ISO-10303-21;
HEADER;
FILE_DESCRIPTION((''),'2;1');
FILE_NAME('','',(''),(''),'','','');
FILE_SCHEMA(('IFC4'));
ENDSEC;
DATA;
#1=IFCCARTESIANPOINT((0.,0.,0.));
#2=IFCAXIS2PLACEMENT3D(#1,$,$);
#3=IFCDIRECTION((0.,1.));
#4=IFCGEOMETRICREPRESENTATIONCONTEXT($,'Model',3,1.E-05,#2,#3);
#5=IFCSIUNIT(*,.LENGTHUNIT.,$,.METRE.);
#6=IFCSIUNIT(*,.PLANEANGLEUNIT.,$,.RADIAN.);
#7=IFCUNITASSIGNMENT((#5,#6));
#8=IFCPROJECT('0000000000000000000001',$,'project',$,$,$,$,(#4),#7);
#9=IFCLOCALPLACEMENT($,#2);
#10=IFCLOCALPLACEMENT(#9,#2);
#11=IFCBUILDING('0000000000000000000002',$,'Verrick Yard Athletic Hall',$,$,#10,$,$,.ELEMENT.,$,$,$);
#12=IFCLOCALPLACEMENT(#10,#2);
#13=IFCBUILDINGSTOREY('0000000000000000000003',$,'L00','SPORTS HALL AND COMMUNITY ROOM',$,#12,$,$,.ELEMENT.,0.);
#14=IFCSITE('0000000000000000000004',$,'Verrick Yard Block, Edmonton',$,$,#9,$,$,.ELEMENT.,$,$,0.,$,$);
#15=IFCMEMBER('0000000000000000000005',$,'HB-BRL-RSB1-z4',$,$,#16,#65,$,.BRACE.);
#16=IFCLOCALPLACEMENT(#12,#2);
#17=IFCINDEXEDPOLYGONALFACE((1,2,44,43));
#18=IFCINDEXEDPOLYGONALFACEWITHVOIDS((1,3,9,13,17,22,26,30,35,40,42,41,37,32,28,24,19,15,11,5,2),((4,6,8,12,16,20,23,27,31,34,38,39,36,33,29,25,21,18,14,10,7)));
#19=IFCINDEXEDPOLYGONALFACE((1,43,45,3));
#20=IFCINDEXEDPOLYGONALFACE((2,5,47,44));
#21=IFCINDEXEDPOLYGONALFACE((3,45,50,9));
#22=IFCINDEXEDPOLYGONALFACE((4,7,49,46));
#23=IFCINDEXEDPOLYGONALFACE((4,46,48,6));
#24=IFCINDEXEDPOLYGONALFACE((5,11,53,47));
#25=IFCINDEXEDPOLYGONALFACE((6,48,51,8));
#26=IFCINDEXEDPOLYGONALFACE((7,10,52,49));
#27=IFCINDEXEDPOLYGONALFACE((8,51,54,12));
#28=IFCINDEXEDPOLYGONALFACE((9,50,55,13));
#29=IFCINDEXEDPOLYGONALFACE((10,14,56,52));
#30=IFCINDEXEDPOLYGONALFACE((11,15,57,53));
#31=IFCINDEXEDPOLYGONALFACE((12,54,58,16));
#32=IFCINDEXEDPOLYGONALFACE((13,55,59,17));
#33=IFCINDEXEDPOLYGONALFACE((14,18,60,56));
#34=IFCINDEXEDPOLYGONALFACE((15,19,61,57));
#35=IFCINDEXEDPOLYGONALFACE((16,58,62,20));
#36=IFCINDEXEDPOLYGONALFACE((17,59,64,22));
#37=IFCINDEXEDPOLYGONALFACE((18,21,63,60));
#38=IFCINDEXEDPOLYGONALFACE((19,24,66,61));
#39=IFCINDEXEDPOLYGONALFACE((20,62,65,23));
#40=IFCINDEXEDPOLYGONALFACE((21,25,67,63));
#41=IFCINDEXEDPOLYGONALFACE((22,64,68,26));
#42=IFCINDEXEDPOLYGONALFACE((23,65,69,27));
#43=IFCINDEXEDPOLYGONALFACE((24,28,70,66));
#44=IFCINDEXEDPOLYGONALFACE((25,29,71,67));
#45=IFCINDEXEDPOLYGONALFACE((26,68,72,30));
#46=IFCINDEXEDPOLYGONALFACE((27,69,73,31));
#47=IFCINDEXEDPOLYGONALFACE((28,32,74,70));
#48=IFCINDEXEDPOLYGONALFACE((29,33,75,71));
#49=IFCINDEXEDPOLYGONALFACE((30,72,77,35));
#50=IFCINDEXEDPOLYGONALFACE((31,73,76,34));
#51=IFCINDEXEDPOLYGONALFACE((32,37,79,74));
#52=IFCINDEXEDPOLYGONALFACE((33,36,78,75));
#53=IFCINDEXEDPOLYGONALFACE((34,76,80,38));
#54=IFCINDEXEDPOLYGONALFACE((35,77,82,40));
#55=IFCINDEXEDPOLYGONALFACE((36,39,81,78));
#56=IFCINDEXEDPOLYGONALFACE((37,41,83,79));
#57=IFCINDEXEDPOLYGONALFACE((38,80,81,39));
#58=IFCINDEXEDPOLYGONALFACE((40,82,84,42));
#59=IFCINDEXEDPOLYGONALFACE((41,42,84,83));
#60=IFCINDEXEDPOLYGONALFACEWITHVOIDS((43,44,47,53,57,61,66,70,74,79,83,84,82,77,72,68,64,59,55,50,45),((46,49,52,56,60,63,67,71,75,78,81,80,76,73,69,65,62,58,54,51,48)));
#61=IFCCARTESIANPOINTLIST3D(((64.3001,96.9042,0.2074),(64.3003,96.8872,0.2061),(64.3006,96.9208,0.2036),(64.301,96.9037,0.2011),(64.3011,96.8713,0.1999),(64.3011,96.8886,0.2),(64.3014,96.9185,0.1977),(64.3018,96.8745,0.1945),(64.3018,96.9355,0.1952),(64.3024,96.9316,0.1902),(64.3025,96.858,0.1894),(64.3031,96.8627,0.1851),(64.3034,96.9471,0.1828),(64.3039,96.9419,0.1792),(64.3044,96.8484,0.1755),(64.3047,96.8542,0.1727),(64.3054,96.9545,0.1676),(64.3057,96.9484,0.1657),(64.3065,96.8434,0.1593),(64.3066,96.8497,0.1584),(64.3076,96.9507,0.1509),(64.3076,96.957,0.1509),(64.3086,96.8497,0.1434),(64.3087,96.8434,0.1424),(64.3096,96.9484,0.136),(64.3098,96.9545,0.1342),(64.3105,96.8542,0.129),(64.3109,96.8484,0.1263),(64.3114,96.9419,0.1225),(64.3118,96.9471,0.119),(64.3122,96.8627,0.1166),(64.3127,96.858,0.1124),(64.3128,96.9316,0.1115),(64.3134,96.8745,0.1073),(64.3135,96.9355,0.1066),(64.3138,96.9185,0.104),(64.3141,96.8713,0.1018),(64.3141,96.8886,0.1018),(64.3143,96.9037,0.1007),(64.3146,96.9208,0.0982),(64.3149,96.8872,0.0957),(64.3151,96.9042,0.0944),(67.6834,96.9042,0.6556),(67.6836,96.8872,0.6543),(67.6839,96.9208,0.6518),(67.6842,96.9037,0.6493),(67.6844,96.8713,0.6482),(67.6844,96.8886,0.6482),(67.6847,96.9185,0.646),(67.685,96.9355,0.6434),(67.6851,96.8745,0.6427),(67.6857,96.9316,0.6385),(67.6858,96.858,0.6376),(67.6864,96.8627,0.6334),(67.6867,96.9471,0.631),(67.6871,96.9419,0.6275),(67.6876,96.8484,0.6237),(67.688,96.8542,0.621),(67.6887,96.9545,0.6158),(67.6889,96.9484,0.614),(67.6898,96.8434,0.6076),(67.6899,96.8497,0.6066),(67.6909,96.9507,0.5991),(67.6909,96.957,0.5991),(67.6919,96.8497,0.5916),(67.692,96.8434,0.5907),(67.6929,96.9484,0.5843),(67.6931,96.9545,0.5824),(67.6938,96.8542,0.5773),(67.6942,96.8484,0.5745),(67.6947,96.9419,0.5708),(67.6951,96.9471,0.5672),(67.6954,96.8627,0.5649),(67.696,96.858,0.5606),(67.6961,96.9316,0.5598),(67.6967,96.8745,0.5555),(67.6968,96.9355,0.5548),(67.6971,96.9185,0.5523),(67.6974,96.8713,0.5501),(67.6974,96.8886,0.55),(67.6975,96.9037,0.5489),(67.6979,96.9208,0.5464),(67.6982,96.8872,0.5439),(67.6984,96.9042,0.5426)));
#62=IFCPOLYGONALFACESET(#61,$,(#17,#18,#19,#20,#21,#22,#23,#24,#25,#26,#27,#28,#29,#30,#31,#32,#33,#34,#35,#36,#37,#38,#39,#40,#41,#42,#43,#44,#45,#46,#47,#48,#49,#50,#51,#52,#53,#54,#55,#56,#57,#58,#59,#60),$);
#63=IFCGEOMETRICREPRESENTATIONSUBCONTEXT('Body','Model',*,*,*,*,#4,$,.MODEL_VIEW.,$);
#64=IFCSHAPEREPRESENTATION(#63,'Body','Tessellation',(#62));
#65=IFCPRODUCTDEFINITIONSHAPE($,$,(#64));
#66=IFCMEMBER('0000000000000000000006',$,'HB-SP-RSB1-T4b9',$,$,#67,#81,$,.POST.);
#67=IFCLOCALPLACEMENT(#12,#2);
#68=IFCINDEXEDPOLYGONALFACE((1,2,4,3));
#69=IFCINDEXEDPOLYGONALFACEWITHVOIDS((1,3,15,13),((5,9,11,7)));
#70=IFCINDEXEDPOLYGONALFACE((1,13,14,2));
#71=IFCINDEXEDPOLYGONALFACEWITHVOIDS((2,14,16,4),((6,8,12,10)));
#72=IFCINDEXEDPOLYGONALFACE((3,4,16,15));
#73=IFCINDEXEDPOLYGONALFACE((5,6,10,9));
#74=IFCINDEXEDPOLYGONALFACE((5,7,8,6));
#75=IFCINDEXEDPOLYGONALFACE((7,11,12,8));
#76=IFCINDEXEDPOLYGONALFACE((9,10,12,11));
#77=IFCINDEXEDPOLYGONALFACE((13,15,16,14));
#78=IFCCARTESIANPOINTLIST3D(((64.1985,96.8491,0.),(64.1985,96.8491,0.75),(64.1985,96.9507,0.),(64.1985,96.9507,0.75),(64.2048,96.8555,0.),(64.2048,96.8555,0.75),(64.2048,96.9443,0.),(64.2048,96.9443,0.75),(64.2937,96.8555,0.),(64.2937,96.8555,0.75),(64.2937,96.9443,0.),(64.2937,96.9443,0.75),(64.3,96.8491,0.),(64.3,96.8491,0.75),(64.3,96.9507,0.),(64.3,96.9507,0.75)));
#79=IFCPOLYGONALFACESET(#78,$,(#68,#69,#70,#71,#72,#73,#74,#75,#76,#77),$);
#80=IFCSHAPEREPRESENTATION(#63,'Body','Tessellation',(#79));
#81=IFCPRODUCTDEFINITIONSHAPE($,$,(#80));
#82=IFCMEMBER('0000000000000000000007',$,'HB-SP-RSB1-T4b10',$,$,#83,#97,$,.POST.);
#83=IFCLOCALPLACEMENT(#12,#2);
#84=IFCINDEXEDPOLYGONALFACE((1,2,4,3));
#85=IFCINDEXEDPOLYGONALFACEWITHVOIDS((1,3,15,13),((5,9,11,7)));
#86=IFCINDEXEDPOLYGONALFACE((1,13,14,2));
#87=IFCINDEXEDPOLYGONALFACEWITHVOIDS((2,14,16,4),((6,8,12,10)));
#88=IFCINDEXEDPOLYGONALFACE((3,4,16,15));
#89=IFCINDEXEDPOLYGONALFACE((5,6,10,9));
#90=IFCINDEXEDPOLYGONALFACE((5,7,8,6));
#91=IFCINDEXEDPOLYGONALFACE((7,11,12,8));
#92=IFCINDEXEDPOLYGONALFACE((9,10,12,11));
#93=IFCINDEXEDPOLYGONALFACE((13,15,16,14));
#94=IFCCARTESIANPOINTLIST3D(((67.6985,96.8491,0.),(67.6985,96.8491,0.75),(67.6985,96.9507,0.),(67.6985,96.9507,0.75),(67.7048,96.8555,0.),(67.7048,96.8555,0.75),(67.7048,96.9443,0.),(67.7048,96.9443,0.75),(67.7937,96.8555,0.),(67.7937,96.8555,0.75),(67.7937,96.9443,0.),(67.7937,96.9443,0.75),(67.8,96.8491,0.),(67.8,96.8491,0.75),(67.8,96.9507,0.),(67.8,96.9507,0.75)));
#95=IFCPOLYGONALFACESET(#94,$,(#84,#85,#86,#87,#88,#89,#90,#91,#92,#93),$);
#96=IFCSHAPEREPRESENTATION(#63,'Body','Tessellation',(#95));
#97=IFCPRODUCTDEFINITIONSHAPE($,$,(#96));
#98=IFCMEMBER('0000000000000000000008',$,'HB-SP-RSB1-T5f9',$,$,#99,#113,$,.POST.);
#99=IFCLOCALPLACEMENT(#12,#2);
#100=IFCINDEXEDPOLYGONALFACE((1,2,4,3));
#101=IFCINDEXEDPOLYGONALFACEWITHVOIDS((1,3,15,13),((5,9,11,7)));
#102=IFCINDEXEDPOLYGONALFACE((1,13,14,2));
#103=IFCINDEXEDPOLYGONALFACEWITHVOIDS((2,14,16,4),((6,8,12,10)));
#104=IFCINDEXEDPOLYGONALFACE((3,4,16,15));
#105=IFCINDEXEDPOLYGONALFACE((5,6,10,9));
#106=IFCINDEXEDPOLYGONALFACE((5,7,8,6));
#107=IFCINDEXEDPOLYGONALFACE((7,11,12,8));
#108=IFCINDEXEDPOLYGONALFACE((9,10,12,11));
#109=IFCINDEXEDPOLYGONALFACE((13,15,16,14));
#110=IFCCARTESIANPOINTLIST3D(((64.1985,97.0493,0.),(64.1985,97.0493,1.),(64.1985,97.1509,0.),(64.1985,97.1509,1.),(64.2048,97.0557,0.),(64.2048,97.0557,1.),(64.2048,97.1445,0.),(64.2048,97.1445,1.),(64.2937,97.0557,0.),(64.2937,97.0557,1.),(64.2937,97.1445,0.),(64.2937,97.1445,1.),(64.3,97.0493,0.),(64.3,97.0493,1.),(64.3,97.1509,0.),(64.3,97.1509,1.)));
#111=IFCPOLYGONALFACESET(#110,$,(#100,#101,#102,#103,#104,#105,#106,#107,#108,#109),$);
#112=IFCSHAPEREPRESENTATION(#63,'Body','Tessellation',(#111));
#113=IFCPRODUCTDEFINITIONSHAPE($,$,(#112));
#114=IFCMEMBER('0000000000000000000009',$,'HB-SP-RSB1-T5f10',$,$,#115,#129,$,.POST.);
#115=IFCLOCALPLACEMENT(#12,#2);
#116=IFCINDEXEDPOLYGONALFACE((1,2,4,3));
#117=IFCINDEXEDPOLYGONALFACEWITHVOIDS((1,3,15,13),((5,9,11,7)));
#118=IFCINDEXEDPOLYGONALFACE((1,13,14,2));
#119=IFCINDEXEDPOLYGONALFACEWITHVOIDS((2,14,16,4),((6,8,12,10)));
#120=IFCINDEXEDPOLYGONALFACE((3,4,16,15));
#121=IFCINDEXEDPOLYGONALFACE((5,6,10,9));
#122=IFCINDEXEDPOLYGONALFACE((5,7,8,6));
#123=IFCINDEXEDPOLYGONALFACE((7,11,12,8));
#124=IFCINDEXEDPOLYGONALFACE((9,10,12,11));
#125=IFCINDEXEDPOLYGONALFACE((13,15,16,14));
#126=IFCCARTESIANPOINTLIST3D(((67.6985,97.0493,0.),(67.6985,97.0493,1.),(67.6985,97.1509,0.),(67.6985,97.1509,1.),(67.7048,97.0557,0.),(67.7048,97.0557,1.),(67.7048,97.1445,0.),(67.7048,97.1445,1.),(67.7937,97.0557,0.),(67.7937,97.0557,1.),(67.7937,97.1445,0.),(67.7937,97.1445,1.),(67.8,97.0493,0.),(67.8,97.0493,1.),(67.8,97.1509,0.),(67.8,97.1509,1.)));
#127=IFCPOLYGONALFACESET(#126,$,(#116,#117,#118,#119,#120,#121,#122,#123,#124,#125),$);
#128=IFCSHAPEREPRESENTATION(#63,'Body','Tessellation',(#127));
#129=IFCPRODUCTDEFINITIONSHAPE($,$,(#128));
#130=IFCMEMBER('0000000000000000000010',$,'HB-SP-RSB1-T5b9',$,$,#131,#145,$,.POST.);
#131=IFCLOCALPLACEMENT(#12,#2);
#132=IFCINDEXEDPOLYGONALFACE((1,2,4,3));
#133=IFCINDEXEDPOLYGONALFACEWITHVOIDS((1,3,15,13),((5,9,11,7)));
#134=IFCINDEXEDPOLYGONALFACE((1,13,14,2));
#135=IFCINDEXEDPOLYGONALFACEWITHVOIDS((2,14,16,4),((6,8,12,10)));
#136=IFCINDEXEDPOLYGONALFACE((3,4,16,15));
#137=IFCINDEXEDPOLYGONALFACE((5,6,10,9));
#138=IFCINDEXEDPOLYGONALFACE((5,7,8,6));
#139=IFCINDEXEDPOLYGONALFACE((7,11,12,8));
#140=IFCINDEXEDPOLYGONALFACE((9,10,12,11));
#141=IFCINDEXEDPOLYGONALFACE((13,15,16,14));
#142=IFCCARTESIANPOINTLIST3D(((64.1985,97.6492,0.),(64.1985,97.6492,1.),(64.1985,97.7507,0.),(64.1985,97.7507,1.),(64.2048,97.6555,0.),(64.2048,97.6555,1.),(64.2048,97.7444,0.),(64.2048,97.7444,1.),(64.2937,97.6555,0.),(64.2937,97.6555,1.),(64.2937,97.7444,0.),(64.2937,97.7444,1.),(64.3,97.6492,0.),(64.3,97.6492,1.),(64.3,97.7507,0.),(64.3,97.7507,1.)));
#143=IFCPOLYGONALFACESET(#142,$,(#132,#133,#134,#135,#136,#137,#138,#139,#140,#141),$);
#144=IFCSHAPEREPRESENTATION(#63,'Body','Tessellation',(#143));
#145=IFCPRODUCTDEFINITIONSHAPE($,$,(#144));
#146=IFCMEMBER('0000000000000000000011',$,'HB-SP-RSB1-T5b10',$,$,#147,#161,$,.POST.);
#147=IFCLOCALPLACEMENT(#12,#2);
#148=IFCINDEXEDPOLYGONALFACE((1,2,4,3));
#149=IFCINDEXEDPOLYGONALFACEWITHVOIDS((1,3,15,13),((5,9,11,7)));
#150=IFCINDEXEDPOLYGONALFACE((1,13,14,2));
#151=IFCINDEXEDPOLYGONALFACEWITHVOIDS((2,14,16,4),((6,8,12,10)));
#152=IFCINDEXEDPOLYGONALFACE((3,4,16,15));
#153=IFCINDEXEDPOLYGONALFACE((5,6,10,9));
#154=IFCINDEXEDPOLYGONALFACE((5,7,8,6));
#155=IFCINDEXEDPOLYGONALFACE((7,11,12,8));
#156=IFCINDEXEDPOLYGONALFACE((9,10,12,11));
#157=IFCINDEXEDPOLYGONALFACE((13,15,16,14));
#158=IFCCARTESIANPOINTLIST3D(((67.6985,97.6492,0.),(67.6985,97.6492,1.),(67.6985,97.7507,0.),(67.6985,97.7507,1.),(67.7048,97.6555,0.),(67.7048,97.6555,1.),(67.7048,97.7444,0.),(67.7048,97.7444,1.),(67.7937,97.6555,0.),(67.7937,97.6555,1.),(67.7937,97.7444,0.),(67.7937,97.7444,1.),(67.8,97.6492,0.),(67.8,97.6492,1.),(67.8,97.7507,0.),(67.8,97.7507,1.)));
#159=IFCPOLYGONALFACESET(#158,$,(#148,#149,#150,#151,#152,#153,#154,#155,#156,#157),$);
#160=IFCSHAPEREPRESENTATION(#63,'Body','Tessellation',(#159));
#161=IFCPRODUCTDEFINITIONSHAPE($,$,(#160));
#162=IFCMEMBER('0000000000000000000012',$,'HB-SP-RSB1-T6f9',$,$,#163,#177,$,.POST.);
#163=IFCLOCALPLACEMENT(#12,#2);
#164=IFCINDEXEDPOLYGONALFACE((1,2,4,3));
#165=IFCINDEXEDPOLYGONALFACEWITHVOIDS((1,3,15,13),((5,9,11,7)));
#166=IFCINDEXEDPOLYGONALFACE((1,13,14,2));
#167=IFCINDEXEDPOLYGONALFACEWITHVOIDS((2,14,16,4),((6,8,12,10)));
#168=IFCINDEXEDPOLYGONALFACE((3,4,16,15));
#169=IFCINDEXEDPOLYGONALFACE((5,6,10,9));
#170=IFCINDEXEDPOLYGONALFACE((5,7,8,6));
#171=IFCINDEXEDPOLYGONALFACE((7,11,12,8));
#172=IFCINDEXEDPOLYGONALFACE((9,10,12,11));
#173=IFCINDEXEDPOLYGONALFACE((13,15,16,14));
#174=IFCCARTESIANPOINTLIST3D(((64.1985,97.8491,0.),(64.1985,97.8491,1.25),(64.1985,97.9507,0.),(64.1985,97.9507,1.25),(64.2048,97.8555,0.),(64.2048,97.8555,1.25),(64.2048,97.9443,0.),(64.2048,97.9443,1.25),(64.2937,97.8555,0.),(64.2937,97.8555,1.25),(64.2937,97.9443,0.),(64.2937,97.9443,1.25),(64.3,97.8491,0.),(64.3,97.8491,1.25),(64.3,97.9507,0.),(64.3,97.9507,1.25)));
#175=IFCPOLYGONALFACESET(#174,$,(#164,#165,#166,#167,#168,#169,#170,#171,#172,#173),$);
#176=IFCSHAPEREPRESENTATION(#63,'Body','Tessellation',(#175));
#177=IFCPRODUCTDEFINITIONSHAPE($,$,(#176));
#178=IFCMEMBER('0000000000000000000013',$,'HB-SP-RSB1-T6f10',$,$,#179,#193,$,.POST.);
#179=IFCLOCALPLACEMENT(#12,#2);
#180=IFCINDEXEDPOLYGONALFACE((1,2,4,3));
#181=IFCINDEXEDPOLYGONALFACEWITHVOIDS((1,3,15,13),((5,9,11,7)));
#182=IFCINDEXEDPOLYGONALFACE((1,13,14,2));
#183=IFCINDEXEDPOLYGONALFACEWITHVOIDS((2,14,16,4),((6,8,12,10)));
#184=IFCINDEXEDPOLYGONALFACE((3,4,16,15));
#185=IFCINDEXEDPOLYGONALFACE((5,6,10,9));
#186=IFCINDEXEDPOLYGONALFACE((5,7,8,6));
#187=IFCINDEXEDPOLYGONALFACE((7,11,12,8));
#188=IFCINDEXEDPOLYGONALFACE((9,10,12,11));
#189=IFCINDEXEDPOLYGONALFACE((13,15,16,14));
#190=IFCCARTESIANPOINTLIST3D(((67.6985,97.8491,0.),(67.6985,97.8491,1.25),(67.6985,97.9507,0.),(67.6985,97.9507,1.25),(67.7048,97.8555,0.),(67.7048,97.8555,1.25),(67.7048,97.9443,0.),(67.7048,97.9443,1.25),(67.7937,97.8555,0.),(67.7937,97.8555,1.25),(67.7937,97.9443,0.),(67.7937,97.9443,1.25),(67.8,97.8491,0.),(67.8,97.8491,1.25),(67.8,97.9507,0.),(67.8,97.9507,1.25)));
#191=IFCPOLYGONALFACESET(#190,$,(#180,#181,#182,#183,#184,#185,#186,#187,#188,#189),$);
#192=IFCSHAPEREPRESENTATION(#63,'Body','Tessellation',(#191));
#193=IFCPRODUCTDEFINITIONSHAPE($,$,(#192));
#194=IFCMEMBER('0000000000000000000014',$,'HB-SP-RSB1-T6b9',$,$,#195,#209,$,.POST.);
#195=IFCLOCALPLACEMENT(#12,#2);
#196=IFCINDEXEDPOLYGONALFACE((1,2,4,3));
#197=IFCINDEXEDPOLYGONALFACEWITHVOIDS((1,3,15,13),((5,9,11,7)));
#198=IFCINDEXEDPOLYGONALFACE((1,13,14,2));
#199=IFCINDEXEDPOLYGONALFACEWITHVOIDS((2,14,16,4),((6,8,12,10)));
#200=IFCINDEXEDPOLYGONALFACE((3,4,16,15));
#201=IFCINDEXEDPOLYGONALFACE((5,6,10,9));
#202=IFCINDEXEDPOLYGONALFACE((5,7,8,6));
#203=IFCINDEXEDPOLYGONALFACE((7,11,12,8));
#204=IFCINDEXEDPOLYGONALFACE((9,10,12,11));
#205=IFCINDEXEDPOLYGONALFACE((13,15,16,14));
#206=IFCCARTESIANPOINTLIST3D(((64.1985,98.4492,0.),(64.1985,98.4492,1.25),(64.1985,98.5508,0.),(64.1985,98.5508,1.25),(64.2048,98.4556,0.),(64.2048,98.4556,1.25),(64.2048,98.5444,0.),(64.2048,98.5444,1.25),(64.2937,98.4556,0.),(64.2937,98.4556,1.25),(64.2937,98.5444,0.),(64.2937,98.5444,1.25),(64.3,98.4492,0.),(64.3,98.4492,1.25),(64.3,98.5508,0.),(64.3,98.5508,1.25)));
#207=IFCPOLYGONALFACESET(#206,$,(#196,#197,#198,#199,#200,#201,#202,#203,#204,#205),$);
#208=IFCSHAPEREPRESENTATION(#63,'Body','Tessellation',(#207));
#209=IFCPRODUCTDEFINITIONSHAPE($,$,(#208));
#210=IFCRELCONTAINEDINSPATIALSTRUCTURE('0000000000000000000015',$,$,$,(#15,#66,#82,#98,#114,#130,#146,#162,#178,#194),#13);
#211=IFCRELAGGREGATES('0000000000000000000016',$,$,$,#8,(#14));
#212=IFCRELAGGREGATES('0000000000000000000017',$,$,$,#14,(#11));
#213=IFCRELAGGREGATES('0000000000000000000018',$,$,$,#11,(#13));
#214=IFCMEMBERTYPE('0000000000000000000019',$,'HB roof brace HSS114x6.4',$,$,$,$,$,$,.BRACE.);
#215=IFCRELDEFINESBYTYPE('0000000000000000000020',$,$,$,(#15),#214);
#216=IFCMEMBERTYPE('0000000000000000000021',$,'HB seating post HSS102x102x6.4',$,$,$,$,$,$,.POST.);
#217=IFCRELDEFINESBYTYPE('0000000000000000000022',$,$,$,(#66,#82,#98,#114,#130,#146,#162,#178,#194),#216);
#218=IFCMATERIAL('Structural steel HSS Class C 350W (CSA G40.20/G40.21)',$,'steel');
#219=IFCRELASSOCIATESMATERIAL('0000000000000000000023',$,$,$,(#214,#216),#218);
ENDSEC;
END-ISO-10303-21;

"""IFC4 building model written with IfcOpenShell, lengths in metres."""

from ifc_helpers import new_model, si_unit, direction, frame, origin, origin_2d, place, context, subcontext, project, spatial, hollow_rectangle, hollow_circle, extrude, material, material_profile, profile_set, type_object, element, save


model = new_model("IFC4")

# Units and contexts
model_context = context("Model", 3, precision=1e-05, world=origin(), true_north=direction((0.0, 1.0)))
body_context = subcontext(model_context, "Body", "Model", "MODEL_VIEW")
ifc_project = project(units=[si_unit("LENGTHUNIT", "METRE"), si_unit("PLANEANGLEUNIT", "RADIAN")], contexts=[model_context])

# Site, building, storey
site_placement = place(None, origin())
site = spatial("IfcSite", under=ifc_project, at=site_placement, Name="Verrick Yard Block, Edmonton", CompositionType="ELEMENT", RefElevation=0.0)
building_placement = place(site_placement, origin())
building = spatial("IfcBuilding", under=site, at=building_placement, Name="Verrick Yard Athletic Hall", CompositionType="ELEMENT")
storey_placement = place(building_placement, origin())
storey = spatial("IfcBuildingStorey", under=building, at=storey_placement, Name="L00", Description="SPORTS HALL AND COMMUNITY ROOM", CompositionType="ELEMENT", Elevation=0.0)

# Members
ifc_material_1 = material(Name="Structural steel HSS Class C 350W (CSA G40.20/G40.21)", Category="steel")
ifc_material_profile_1 = material_profile(ifc_material_1, hollow_circle(Radius=0.0571, WallThickness=0.0063, at=origin_2d()), Name="HSS114x6.4")
ifc_profile_set_1 = profile_set([ifc_material_profile_1], Name="Structural steel HSS Class C 350W (CSA G40.20/G40.21)")
member_type_1 = type_object("IfcMemberType", Name="HB roof brace HSS114x6.4", PredefinedType="BRACE", material=ifc_profile_set_1)
member_1_placement = place(storey_placement, frame((64.3076, 96.8999, 0.1509), z_axis=(0.991338, 0.0, 0.131339), x_axis=(0.0, 1.0, 0.0)))
element("IfcMember", 1, at=member_1_placement, inside=storey, type_object=member_type_1, Name="HB-BRL-RSB1-z4", PredefinedType="BRACE", context=body_context, shape_type="SweptSolid", body=[
    extrude(hollow_circle(Radius=0.0571, WallThickness=0.0063, at=origin_2d()), origin(), (0.0, 0.0, 1.0), 3.4128),
])
ifc_material_profile_2 = material_profile(ifc_material_1, hollow_rectangle(XDim=0.1016, YDim=0.1016, WallThickness=0.0063, at=origin_2d()), Name="HSS102x102x6.4")
ifc_profile_set_2 = profile_set([ifc_material_profile_2], Name="Structural steel HSS Class C 350W (CSA G40.20/G40.21)")
member_type_2 = type_object("IfcMemberType", Name="HB seating post HSS102x102x6.4", PredefinedType="POST", material=ifc_profile_set_2)
for number, where, z_axis, x_axis, name in (
    (2, (64.2493, 96.8999, 0.0), (0.0, 0.0, 1.0), (0.0, 1.0, 0.0), "HB-SP-RSB1-T4b9"),
    (3, (67.7493, 96.8999, 0.0), (0.0, 0.0, 1.0), (0.0, 1.0, 0.0), "HB-SP-RSB1-T4b10"),
):
    element("IfcMember", number, at=place(storey_placement, frame(where, z_axis=z_axis, x_axis=x_axis)), inside=storey, type_object=member_type_2, Name=name, PredefinedType="POST", context=body_context, shape_type="SweptSolid", body=[
        extrude(hollow_rectangle(XDim=0.1016, YDim=0.1016, WallThickness=0.0063, at=origin_2d()), origin(), (0.0, 0.0, 1.0), 0.75),
    ])
for number, where, z_axis, x_axis, name in (
    (4, (64.2493, 97.1001, 0.0), (0.0, 0.0, 1.0), (0.0, 1.0, 0.0), "HB-SP-RSB1-T5f9"),
    (5, (67.7493, 97.1001, 0.0), (0.0, 0.0, 1.0), (0.0, 1.0, 0.0), "HB-SP-RSB1-T5f10"),
    (6, (64.2493, 97.7, 0.0), (0.0, 0.0, 1.0), (0.0, 1.0, 0.0), "HB-SP-RSB1-T5b9"),
    (7, (67.7493, 97.7, 0.0), (0.0, 0.0, 1.0), (0.0, 1.0, 0.0), "HB-SP-RSB1-T5b10"),
):
    element("IfcMember", number, at=place(storey_placement, frame(where, z_axis=z_axis, x_axis=x_axis)), inside=storey, type_object=member_type_2, Name=name, PredefinedType="POST", context=body_context, shape_type="SweptSolid", body=[
        extrude(hollow_rectangle(XDim=0.1016, YDim=0.1016, WallThickness=0.0063, at=origin_2d()), origin(), (0.0, 0.0, 1.0), 1.0),
    ])
for number, where, z_axis, x_axis, name in (
    (8, (64.2493, 97.8999, 0.0), (0.0, 0.0, 1.0), (0.0, 1.0, 0.0), "HB-SP-RSB1-T6f9"),
    (9, (67.7493, 97.8999, 0.0), (0.0, 0.0, 1.0), (0.0, 1.0, 0.0), "HB-SP-RSB1-T6f10"),
    (10, (64.2493, 98.5, 0.0), (0.0, 0.0, 1.0), (0.0, 1.0, 0.0), "HB-SP-RSB1-T6b9"),
):
    element("IfcMember", number, at=place(storey_placement, frame(where, z_axis=z_axis, x_axis=x_axis)), inside=storey, type_object=member_type_2, Name=name, PredefinedType="POST", context=body_context, shape_type="SweptSolid", body=[
        extrude(hollow_rectangle(XDim=0.1016, YDim=0.1016, WallThickness=0.0063, at=origin_2d()), origin(), (0.0, 0.0, 1.0), 1.25),
    ])

save(model, "model.ifc")
